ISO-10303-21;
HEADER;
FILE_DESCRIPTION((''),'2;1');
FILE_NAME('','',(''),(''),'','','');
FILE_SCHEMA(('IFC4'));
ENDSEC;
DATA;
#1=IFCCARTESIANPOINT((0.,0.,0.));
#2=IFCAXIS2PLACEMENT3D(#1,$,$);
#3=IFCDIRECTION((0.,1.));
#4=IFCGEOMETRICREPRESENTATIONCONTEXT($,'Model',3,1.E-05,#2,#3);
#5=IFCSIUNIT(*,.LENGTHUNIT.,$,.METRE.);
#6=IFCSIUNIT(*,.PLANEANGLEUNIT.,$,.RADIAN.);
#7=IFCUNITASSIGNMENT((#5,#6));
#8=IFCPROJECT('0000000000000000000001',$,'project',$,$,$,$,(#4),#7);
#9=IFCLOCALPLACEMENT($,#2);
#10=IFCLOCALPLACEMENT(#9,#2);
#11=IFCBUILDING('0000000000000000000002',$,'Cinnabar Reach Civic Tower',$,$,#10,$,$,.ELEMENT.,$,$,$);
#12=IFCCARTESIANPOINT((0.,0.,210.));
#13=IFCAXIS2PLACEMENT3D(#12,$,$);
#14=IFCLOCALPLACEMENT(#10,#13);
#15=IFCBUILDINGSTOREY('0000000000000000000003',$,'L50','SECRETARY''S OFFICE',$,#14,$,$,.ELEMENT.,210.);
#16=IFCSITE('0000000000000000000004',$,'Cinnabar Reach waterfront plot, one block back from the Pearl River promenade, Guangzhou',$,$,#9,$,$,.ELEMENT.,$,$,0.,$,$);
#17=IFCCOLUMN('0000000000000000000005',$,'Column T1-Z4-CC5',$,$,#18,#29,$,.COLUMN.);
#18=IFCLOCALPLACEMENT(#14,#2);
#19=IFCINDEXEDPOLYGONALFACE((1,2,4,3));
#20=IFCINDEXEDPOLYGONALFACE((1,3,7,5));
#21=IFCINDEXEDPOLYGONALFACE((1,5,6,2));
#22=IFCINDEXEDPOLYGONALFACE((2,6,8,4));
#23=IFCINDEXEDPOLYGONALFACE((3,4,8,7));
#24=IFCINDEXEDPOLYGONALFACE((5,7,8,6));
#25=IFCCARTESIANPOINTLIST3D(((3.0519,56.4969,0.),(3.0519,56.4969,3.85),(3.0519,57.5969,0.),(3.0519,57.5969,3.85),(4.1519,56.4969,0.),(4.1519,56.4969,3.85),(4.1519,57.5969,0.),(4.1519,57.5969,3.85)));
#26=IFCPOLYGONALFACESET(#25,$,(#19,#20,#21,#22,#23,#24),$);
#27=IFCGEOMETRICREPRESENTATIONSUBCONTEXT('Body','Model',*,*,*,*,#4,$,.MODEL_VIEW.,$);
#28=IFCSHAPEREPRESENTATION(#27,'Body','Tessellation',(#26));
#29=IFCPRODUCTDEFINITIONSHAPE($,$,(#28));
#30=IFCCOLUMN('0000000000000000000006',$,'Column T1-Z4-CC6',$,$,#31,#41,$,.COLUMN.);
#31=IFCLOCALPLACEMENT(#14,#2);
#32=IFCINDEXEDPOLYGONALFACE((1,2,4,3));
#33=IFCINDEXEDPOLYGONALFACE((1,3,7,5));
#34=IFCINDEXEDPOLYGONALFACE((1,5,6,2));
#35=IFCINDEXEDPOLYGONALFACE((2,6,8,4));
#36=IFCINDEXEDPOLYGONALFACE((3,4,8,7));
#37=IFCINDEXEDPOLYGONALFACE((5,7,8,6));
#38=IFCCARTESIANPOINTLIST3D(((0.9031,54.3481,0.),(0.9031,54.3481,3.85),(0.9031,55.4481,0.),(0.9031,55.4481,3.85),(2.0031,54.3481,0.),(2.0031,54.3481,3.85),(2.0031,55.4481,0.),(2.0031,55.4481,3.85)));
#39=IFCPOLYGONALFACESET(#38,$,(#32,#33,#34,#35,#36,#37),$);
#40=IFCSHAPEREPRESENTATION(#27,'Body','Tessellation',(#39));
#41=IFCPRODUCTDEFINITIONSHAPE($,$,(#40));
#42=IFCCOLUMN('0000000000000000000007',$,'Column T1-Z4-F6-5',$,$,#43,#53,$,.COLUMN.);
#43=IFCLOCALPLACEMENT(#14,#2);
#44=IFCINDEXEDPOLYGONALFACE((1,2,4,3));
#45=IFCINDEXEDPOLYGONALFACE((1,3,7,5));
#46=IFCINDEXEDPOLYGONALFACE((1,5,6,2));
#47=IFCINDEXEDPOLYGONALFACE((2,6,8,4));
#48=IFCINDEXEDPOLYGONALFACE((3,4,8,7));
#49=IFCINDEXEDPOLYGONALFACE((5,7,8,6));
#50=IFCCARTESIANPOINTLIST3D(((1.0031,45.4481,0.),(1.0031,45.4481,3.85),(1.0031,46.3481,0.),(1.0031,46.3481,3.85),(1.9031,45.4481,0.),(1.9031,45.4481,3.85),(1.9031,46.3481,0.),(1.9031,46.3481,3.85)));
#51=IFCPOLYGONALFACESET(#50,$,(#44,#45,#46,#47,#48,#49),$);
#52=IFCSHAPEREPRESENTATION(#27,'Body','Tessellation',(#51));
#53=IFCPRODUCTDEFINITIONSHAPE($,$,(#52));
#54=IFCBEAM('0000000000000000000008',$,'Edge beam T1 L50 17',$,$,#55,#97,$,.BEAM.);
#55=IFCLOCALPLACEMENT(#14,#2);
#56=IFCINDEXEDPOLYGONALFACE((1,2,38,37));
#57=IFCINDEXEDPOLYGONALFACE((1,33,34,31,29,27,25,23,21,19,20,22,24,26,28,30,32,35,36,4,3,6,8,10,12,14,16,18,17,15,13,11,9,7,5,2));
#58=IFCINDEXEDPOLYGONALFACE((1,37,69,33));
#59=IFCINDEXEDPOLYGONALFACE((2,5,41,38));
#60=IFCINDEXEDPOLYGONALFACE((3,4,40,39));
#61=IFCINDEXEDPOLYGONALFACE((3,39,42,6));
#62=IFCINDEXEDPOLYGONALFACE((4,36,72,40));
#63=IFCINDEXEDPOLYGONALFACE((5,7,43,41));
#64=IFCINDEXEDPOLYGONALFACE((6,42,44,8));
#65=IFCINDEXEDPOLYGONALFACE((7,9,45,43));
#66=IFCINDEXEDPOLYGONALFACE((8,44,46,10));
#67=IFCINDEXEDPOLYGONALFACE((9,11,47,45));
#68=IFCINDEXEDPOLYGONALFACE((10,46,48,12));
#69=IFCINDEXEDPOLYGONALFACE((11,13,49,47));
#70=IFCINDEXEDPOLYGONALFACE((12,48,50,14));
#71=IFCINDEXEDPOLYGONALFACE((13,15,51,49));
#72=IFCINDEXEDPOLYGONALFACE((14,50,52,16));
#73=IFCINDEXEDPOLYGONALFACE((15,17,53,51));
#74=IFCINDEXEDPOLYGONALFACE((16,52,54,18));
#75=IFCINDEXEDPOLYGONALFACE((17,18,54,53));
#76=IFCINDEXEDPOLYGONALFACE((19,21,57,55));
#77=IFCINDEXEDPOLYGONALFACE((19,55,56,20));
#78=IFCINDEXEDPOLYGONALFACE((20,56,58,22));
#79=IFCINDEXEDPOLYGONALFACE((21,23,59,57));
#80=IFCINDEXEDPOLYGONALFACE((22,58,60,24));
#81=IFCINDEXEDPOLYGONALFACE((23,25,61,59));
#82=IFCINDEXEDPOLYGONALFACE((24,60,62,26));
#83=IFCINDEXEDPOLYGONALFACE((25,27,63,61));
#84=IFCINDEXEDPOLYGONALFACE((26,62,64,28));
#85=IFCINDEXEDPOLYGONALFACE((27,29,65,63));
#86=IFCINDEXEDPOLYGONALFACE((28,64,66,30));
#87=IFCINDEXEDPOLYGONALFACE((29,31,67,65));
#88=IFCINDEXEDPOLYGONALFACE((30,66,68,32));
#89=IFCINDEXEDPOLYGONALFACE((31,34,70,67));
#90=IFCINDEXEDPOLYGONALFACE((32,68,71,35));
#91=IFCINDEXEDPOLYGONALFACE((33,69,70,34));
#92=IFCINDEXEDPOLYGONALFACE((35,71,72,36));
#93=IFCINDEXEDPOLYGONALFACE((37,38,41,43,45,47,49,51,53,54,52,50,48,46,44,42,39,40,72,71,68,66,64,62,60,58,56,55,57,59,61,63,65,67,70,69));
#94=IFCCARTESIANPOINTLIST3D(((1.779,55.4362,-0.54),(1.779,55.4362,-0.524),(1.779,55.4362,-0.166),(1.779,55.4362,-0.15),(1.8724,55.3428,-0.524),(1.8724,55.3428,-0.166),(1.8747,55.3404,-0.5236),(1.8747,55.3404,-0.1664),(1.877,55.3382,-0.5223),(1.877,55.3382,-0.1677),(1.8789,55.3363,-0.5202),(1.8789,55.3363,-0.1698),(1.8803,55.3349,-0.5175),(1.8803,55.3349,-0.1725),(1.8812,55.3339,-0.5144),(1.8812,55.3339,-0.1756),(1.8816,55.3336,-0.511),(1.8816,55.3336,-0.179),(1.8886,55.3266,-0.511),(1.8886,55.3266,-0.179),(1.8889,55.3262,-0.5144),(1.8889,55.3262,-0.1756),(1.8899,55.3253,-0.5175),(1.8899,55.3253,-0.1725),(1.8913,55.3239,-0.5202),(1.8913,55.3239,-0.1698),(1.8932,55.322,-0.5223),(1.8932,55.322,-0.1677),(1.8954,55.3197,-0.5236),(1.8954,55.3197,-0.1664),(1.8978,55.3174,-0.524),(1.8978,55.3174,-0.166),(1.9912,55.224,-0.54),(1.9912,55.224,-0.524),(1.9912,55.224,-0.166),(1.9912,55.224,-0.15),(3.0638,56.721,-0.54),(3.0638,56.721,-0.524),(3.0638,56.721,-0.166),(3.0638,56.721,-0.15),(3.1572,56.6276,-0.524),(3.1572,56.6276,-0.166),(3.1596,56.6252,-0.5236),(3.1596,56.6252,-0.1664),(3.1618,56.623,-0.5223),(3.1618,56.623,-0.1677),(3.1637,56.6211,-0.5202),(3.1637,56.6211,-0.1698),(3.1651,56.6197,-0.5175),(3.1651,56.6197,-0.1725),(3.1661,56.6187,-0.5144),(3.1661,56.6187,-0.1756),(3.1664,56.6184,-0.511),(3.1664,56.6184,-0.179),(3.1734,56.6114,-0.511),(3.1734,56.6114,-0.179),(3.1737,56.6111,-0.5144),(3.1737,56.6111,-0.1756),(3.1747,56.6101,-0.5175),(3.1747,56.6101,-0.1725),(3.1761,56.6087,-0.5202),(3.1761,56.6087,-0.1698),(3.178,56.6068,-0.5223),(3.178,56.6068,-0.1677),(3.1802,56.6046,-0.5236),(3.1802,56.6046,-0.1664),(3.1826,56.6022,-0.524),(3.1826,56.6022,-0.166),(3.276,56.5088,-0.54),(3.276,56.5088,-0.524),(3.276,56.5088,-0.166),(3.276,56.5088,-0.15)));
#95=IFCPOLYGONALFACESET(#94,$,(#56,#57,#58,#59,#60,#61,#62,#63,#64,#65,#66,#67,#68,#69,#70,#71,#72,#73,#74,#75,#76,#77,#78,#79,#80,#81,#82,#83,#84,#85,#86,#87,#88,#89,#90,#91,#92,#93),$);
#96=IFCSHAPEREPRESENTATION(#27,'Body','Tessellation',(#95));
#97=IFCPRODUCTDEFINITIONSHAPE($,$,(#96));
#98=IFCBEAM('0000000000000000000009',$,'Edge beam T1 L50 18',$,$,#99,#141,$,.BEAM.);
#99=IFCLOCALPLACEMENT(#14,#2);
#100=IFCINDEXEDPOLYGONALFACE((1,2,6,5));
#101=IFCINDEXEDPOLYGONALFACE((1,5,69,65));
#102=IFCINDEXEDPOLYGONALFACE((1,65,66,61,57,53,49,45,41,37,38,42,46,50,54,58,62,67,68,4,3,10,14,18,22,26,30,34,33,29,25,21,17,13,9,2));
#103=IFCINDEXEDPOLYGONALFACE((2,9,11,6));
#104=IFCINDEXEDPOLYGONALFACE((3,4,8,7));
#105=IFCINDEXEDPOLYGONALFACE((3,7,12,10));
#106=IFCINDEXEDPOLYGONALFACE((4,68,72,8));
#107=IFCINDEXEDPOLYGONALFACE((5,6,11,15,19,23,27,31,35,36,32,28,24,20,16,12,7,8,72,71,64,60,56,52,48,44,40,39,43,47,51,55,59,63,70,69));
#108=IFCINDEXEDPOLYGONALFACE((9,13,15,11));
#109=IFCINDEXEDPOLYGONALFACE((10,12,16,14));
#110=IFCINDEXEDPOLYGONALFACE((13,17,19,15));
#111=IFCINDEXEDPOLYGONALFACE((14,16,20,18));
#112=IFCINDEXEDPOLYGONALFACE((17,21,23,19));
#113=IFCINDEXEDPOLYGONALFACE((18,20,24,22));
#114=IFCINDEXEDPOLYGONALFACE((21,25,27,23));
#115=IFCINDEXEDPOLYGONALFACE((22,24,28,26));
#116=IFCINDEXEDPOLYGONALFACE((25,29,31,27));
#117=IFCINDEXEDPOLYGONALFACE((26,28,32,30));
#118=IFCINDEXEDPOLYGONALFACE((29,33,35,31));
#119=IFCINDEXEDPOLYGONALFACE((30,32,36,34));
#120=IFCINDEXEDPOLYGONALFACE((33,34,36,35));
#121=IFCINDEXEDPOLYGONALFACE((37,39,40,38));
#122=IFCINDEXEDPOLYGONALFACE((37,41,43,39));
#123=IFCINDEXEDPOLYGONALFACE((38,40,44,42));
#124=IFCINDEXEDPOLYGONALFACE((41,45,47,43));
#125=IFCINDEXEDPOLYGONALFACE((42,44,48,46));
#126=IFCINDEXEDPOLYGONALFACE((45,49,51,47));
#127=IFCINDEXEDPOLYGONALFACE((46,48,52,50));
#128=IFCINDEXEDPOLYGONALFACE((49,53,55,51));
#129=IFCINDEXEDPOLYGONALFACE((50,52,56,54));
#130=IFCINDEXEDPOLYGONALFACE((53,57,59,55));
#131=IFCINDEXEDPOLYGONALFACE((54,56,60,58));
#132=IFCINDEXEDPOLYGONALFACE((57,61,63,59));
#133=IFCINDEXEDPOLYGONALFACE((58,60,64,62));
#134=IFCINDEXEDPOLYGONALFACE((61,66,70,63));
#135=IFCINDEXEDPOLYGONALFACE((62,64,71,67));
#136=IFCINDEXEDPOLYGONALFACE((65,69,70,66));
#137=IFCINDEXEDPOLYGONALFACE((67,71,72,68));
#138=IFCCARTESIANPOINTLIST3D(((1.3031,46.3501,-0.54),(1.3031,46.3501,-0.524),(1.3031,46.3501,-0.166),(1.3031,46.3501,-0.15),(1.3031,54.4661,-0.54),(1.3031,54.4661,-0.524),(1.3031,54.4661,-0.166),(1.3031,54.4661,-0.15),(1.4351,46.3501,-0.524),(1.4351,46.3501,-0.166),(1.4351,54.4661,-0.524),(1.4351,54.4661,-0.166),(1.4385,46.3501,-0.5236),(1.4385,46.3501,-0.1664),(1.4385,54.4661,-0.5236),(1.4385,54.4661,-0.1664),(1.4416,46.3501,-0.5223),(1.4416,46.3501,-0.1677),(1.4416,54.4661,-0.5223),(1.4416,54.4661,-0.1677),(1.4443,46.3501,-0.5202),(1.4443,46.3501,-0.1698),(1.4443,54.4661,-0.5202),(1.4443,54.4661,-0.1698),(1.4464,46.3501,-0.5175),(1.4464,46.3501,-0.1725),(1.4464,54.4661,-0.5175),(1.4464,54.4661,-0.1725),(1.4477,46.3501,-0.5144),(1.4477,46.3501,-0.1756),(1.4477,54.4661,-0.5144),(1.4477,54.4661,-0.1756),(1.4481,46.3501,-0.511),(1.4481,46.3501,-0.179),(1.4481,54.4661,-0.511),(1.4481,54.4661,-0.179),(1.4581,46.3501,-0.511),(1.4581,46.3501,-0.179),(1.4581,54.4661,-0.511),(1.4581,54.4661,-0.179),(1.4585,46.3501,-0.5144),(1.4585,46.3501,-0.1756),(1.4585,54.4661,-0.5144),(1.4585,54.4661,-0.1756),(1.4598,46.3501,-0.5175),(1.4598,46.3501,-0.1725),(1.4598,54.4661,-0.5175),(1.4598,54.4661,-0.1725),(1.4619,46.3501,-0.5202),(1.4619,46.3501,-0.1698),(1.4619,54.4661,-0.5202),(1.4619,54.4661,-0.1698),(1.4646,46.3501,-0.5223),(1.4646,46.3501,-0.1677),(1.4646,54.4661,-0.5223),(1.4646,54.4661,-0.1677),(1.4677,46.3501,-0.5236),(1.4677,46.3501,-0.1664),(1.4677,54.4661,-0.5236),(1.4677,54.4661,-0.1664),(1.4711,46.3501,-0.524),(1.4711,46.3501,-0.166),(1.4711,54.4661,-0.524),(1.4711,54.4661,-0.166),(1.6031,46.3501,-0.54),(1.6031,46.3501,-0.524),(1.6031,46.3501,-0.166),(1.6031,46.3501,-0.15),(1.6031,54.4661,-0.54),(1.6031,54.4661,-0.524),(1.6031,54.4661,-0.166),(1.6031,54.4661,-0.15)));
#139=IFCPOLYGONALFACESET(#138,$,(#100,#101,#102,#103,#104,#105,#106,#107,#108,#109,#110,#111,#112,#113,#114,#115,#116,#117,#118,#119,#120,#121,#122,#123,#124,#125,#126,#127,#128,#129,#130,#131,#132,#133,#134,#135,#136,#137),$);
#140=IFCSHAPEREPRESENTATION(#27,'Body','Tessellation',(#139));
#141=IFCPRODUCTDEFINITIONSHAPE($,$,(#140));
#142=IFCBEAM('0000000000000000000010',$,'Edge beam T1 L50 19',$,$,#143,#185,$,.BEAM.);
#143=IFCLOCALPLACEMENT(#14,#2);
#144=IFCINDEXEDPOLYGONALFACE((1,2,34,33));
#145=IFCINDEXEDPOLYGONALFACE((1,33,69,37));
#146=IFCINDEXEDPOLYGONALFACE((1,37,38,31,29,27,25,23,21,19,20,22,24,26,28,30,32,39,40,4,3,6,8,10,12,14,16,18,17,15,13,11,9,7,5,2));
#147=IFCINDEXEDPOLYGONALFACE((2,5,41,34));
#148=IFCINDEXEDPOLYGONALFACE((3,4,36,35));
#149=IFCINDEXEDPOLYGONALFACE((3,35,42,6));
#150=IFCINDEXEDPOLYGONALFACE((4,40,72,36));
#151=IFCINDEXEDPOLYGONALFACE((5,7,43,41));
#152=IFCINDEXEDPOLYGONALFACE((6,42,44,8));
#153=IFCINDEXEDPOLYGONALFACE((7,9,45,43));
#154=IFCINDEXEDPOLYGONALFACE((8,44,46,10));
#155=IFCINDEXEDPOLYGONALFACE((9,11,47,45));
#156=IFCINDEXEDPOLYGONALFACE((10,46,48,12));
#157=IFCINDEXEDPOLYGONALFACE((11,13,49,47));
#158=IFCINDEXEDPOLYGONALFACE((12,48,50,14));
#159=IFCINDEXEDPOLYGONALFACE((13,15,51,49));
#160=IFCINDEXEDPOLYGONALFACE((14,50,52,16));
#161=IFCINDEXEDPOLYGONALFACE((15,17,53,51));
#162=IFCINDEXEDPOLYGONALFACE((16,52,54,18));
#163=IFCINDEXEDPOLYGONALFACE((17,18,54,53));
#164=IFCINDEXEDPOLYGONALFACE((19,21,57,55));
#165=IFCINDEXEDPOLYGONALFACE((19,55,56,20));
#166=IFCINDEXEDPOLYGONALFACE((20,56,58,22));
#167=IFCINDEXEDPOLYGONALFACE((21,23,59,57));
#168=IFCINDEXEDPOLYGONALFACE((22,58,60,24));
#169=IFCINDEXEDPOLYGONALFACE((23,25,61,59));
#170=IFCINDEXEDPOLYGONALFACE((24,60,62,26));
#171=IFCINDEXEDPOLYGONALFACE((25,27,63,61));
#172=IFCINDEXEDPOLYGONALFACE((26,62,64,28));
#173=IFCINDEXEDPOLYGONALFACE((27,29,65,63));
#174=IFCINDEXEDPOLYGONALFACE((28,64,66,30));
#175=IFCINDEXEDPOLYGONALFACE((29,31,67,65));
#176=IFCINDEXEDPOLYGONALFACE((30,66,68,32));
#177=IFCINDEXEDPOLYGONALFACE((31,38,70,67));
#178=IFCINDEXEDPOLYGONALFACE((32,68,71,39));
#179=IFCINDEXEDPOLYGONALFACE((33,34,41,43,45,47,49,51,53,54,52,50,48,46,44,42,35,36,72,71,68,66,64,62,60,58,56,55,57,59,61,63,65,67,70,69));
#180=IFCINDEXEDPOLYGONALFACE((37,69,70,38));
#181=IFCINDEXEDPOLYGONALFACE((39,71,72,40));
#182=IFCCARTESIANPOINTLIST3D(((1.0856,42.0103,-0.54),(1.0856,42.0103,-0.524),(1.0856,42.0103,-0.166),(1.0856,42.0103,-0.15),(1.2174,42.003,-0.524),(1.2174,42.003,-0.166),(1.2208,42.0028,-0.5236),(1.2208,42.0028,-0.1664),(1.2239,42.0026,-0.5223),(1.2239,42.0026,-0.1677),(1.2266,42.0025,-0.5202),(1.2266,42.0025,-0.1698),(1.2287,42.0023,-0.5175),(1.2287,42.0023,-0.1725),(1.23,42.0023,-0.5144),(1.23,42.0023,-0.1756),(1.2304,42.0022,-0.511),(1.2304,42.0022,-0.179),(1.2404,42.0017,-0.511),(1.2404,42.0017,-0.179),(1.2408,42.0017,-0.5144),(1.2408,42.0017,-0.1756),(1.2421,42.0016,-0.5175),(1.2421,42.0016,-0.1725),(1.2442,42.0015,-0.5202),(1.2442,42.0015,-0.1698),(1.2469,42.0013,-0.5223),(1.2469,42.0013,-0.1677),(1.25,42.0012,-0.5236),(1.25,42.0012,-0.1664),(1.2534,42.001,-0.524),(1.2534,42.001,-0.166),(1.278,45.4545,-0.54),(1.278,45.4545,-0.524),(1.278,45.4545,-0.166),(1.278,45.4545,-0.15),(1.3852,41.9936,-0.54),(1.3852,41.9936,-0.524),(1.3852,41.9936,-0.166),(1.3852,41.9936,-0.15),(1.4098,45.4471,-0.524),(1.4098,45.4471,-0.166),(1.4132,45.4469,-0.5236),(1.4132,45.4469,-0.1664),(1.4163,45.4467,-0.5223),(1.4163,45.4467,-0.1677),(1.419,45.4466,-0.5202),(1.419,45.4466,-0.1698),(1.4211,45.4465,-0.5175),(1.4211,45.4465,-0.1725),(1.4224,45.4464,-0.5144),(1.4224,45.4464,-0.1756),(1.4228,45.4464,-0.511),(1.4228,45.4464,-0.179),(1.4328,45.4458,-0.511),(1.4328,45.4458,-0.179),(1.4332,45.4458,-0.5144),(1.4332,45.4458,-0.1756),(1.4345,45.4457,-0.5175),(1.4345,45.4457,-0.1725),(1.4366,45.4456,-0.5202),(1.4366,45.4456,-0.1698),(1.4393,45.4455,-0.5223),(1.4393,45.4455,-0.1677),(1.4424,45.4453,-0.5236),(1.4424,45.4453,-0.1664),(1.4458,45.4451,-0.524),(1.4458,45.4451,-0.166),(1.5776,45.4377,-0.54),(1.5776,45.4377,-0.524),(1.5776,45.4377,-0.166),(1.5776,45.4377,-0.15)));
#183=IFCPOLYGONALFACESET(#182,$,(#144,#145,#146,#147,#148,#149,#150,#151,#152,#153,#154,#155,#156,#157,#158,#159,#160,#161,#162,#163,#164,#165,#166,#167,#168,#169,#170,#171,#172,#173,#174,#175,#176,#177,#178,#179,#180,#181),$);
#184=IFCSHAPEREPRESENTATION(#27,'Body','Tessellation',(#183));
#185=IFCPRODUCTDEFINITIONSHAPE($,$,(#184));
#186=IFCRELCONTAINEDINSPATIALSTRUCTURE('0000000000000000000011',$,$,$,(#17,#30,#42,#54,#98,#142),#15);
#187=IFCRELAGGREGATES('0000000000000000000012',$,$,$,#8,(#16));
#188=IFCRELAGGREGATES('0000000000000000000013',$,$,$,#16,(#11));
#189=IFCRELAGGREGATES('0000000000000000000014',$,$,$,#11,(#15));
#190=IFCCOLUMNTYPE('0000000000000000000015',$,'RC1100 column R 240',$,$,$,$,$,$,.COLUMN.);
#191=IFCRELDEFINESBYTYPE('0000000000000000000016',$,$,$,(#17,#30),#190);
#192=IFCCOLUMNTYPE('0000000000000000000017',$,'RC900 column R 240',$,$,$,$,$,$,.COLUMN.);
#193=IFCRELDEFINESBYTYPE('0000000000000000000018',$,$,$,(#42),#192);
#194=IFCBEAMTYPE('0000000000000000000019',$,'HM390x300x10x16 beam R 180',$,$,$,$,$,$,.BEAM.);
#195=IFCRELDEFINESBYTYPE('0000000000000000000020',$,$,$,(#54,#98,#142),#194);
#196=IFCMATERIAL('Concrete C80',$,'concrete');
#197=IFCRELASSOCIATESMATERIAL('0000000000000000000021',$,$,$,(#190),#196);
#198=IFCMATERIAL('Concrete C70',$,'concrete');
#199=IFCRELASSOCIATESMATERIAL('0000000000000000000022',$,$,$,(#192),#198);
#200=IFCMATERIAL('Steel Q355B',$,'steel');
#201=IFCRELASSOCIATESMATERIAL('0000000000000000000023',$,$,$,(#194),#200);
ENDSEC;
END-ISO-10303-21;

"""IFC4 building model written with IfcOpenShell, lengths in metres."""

from ifc_helpers import new_model, si_unit, direction, frame, origin, origin_2d, place, context, subcontext, project, spatial, rectangle, i_section, extrude, material, material_profile, profile_set, type_object, element, save


model = new_model("IFC4")

# Units and contexts
model_context = context("Model", 3, precision=1e-05, world=origin(), true_north=direction((0.0, 1.0)))
body_context = subcontext(model_context, "Body", "Model", "MODEL_VIEW")
ifc_project = project(units=[si_unit("LENGTHUNIT", "METRE"), si_unit("PLANEANGLEUNIT", "RADIAN")], contexts=[model_context])

# Site, building, storey
site_placement = place(None, origin())
site = spatial("IfcSite", under=ifc_project, at=site_placement, Name="Cinnabar Reach waterfront plot, one block back from the Pearl River promenade, Guangzhou", CompositionType="ELEMENT", RefElevation=0.0)
building_placement = place(site_placement, origin())
building = spatial("IfcBuilding", under=site, at=building_placement, Name="Cinnabar Reach Civic Tower", CompositionType="ELEMENT")
storey_placement = place(building_placement, frame((0.0, 0.0, 210.0)))
storey = spatial("IfcBuildingStorey", under=building, at=storey_placement, Name="L50", Description="SECRETARY'S OFFICE", CompositionType="ELEMENT", Elevation=210.0)

# Columns
ifc_material_1 = material(Name="Concrete C80", Category="concrete")
ifc_material_profile_1 = material_profile(ifc_material_1, rectangle(XDim=1.1, YDim=1.1, at=origin_2d()), Name="RC1100")
ifc_profile_set_1 = profile_set([ifc_material_profile_1], Name="Concrete C80")
column_type_1 = type_object("IfcColumnType", Name="RC1100 column R 240", PredefinedType="COLUMN", material=ifc_profile_set_1)
for number, where, z_axis, x_axis, name in (
    (1, (3.6019, 57.0469, 0.0), (0.0, 0.0, 1.0), (1.0, 0.0, 0.0), "Column T1-Z4-CC5"),
    (2, (1.4531, 54.8981, 0.0), (0.0, 0.0, 1.0), (1.0, 0.0, 0.0), "Column T1-Z4-CC6"),
):
    element("IfcColumn", number, at=place(storey_placement, frame(where, z_axis=z_axis, x_axis=x_axis)), inside=storey, type_object=column_type_1, Name=name, PredefinedType="COLUMN", context=body_context, shape_type="SweptSolid", body=[
        extrude(rectangle(XDim=1.1, YDim=1.1, at=origin_2d()), origin(), (0.0, 0.0, 1.0), 3.85),
    ])
ifc_material_2 = material(Name="Concrete C70", Category="concrete")
ifc_material_profile_2 = material_profile(ifc_material_2, rectangle(XDim=0.9, YDim=0.9, at=origin_2d()), Name="RC900")
ifc_profile_set_2 = profile_set([ifc_material_profile_2], Name="Concrete C70")
column_type_2 = type_object("IfcColumnType", Name="RC900 column R 240", PredefinedType="COLUMN", material=ifc_profile_set_2)
column_placement = place(storey_placement, frame((1.4531, 45.8981, 0.0), z_axis=(0.0, 0.0, 1.0), x_axis=(1.0, 0.0, 0.0)))
element("IfcColumn", 3, at=column_placement, inside=storey, type_object=column_type_2, Name="Column T1-Z4-F6-5", PredefinedType="COLUMN", context=body_context, shape_type="SweptSolid", body=[
    extrude(rectangle(XDim=0.9, YDim=0.9, at=origin_2d()), origin(), (0.0, 0.0, 1.0), 3.85),
])

# Beams
ifc_material_3 = material(Name="Steel Q355B", Category="steel")
ifc_material_profile_3 = material_profile(ifc_material_3, i_section(OverallWidth=0.3, OverallDepth=0.39, WebThickness=0.01, FlangeThickness=0.016, FilletRadius=0.013, at=origin_2d()), Name="HM390x300x10x16")
ifc_profile_set_3 = profile_set([ifc_material_profile_3], Name="Steel Q355B")
beam_type_1 = type_object("IfcBeamType", Name="HM390x300x10x16 beam R 180", PredefinedType="BEAM", material=ifc_profile_set_3)
beam_1_placement = place(storey_placement, frame((3.1699, 56.6149, -0.345), z_axis=(-0.707107, -0.707107, 0.0), x_axis=(0.707107, -0.707107, 0.0)))
element("IfcBeam", 4, at=beam_1_placement, inside=storey, type_object=beam_type_1, Name="Edge beam T1 L50 17", PredefinedType="BEAM", context=body_context, shape_type="SweptSolid", body=[
    extrude(i_section(OverallWidth=0.3, OverallDepth=0.39, WebThickness=0.01, FlangeThickness=0.016, FilletRadius=0.013, at=origin_2d()), origin(), (0.0, 0.0, 1.0), 1.817),
])
beam_2_placement = place(storey_placement, frame((1.4531, 54.4661, -0.345), z_axis=(0.0, -1.0, 0.0), x_axis=(1.0, 0.0, 0.0)))
element("IfcBeam", 5, at=beam_2_placement, inside=storey, type_object=beam_type_1, Name="Edge beam T1 L50 18", PredefinedType="BEAM", context=body_context, shape_type="SweptSolid", body=[
    extrude(i_section(OverallWidth=0.3, OverallDepth=0.39, WebThickness=0.01, FlangeThickness=0.016, FilletRadius=0.013, at=origin_2d()), origin(), (0.0, 0.0, 1.0), 8.116),
])
beam_3_placement = place(storey_placement, frame((1.4278, 45.4461, -0.345), z_axis=(-0.055777, -0.998443, 0.0), x_axis=(0.998443, -0.055777, 0.0)))
element("IfcBeam", 6, at=beam_3_placement, inside=storey, type_object=beam_type_1, Name="Edge beam T1 L50 19", PredefinedType="BEAM", context=body_context, shape_type="SweptSolid", body=[
    extrude(i_section(OverallWidth=0.3, OverallDepth=0.39, WebThickness=0.01, FlangeThickness=0.016, FilletRadius=0.013, at=origin_2d()), origin(), (0.0, 0.0, 1.0), 3.4495),
])

save(model, "model.ifc")
